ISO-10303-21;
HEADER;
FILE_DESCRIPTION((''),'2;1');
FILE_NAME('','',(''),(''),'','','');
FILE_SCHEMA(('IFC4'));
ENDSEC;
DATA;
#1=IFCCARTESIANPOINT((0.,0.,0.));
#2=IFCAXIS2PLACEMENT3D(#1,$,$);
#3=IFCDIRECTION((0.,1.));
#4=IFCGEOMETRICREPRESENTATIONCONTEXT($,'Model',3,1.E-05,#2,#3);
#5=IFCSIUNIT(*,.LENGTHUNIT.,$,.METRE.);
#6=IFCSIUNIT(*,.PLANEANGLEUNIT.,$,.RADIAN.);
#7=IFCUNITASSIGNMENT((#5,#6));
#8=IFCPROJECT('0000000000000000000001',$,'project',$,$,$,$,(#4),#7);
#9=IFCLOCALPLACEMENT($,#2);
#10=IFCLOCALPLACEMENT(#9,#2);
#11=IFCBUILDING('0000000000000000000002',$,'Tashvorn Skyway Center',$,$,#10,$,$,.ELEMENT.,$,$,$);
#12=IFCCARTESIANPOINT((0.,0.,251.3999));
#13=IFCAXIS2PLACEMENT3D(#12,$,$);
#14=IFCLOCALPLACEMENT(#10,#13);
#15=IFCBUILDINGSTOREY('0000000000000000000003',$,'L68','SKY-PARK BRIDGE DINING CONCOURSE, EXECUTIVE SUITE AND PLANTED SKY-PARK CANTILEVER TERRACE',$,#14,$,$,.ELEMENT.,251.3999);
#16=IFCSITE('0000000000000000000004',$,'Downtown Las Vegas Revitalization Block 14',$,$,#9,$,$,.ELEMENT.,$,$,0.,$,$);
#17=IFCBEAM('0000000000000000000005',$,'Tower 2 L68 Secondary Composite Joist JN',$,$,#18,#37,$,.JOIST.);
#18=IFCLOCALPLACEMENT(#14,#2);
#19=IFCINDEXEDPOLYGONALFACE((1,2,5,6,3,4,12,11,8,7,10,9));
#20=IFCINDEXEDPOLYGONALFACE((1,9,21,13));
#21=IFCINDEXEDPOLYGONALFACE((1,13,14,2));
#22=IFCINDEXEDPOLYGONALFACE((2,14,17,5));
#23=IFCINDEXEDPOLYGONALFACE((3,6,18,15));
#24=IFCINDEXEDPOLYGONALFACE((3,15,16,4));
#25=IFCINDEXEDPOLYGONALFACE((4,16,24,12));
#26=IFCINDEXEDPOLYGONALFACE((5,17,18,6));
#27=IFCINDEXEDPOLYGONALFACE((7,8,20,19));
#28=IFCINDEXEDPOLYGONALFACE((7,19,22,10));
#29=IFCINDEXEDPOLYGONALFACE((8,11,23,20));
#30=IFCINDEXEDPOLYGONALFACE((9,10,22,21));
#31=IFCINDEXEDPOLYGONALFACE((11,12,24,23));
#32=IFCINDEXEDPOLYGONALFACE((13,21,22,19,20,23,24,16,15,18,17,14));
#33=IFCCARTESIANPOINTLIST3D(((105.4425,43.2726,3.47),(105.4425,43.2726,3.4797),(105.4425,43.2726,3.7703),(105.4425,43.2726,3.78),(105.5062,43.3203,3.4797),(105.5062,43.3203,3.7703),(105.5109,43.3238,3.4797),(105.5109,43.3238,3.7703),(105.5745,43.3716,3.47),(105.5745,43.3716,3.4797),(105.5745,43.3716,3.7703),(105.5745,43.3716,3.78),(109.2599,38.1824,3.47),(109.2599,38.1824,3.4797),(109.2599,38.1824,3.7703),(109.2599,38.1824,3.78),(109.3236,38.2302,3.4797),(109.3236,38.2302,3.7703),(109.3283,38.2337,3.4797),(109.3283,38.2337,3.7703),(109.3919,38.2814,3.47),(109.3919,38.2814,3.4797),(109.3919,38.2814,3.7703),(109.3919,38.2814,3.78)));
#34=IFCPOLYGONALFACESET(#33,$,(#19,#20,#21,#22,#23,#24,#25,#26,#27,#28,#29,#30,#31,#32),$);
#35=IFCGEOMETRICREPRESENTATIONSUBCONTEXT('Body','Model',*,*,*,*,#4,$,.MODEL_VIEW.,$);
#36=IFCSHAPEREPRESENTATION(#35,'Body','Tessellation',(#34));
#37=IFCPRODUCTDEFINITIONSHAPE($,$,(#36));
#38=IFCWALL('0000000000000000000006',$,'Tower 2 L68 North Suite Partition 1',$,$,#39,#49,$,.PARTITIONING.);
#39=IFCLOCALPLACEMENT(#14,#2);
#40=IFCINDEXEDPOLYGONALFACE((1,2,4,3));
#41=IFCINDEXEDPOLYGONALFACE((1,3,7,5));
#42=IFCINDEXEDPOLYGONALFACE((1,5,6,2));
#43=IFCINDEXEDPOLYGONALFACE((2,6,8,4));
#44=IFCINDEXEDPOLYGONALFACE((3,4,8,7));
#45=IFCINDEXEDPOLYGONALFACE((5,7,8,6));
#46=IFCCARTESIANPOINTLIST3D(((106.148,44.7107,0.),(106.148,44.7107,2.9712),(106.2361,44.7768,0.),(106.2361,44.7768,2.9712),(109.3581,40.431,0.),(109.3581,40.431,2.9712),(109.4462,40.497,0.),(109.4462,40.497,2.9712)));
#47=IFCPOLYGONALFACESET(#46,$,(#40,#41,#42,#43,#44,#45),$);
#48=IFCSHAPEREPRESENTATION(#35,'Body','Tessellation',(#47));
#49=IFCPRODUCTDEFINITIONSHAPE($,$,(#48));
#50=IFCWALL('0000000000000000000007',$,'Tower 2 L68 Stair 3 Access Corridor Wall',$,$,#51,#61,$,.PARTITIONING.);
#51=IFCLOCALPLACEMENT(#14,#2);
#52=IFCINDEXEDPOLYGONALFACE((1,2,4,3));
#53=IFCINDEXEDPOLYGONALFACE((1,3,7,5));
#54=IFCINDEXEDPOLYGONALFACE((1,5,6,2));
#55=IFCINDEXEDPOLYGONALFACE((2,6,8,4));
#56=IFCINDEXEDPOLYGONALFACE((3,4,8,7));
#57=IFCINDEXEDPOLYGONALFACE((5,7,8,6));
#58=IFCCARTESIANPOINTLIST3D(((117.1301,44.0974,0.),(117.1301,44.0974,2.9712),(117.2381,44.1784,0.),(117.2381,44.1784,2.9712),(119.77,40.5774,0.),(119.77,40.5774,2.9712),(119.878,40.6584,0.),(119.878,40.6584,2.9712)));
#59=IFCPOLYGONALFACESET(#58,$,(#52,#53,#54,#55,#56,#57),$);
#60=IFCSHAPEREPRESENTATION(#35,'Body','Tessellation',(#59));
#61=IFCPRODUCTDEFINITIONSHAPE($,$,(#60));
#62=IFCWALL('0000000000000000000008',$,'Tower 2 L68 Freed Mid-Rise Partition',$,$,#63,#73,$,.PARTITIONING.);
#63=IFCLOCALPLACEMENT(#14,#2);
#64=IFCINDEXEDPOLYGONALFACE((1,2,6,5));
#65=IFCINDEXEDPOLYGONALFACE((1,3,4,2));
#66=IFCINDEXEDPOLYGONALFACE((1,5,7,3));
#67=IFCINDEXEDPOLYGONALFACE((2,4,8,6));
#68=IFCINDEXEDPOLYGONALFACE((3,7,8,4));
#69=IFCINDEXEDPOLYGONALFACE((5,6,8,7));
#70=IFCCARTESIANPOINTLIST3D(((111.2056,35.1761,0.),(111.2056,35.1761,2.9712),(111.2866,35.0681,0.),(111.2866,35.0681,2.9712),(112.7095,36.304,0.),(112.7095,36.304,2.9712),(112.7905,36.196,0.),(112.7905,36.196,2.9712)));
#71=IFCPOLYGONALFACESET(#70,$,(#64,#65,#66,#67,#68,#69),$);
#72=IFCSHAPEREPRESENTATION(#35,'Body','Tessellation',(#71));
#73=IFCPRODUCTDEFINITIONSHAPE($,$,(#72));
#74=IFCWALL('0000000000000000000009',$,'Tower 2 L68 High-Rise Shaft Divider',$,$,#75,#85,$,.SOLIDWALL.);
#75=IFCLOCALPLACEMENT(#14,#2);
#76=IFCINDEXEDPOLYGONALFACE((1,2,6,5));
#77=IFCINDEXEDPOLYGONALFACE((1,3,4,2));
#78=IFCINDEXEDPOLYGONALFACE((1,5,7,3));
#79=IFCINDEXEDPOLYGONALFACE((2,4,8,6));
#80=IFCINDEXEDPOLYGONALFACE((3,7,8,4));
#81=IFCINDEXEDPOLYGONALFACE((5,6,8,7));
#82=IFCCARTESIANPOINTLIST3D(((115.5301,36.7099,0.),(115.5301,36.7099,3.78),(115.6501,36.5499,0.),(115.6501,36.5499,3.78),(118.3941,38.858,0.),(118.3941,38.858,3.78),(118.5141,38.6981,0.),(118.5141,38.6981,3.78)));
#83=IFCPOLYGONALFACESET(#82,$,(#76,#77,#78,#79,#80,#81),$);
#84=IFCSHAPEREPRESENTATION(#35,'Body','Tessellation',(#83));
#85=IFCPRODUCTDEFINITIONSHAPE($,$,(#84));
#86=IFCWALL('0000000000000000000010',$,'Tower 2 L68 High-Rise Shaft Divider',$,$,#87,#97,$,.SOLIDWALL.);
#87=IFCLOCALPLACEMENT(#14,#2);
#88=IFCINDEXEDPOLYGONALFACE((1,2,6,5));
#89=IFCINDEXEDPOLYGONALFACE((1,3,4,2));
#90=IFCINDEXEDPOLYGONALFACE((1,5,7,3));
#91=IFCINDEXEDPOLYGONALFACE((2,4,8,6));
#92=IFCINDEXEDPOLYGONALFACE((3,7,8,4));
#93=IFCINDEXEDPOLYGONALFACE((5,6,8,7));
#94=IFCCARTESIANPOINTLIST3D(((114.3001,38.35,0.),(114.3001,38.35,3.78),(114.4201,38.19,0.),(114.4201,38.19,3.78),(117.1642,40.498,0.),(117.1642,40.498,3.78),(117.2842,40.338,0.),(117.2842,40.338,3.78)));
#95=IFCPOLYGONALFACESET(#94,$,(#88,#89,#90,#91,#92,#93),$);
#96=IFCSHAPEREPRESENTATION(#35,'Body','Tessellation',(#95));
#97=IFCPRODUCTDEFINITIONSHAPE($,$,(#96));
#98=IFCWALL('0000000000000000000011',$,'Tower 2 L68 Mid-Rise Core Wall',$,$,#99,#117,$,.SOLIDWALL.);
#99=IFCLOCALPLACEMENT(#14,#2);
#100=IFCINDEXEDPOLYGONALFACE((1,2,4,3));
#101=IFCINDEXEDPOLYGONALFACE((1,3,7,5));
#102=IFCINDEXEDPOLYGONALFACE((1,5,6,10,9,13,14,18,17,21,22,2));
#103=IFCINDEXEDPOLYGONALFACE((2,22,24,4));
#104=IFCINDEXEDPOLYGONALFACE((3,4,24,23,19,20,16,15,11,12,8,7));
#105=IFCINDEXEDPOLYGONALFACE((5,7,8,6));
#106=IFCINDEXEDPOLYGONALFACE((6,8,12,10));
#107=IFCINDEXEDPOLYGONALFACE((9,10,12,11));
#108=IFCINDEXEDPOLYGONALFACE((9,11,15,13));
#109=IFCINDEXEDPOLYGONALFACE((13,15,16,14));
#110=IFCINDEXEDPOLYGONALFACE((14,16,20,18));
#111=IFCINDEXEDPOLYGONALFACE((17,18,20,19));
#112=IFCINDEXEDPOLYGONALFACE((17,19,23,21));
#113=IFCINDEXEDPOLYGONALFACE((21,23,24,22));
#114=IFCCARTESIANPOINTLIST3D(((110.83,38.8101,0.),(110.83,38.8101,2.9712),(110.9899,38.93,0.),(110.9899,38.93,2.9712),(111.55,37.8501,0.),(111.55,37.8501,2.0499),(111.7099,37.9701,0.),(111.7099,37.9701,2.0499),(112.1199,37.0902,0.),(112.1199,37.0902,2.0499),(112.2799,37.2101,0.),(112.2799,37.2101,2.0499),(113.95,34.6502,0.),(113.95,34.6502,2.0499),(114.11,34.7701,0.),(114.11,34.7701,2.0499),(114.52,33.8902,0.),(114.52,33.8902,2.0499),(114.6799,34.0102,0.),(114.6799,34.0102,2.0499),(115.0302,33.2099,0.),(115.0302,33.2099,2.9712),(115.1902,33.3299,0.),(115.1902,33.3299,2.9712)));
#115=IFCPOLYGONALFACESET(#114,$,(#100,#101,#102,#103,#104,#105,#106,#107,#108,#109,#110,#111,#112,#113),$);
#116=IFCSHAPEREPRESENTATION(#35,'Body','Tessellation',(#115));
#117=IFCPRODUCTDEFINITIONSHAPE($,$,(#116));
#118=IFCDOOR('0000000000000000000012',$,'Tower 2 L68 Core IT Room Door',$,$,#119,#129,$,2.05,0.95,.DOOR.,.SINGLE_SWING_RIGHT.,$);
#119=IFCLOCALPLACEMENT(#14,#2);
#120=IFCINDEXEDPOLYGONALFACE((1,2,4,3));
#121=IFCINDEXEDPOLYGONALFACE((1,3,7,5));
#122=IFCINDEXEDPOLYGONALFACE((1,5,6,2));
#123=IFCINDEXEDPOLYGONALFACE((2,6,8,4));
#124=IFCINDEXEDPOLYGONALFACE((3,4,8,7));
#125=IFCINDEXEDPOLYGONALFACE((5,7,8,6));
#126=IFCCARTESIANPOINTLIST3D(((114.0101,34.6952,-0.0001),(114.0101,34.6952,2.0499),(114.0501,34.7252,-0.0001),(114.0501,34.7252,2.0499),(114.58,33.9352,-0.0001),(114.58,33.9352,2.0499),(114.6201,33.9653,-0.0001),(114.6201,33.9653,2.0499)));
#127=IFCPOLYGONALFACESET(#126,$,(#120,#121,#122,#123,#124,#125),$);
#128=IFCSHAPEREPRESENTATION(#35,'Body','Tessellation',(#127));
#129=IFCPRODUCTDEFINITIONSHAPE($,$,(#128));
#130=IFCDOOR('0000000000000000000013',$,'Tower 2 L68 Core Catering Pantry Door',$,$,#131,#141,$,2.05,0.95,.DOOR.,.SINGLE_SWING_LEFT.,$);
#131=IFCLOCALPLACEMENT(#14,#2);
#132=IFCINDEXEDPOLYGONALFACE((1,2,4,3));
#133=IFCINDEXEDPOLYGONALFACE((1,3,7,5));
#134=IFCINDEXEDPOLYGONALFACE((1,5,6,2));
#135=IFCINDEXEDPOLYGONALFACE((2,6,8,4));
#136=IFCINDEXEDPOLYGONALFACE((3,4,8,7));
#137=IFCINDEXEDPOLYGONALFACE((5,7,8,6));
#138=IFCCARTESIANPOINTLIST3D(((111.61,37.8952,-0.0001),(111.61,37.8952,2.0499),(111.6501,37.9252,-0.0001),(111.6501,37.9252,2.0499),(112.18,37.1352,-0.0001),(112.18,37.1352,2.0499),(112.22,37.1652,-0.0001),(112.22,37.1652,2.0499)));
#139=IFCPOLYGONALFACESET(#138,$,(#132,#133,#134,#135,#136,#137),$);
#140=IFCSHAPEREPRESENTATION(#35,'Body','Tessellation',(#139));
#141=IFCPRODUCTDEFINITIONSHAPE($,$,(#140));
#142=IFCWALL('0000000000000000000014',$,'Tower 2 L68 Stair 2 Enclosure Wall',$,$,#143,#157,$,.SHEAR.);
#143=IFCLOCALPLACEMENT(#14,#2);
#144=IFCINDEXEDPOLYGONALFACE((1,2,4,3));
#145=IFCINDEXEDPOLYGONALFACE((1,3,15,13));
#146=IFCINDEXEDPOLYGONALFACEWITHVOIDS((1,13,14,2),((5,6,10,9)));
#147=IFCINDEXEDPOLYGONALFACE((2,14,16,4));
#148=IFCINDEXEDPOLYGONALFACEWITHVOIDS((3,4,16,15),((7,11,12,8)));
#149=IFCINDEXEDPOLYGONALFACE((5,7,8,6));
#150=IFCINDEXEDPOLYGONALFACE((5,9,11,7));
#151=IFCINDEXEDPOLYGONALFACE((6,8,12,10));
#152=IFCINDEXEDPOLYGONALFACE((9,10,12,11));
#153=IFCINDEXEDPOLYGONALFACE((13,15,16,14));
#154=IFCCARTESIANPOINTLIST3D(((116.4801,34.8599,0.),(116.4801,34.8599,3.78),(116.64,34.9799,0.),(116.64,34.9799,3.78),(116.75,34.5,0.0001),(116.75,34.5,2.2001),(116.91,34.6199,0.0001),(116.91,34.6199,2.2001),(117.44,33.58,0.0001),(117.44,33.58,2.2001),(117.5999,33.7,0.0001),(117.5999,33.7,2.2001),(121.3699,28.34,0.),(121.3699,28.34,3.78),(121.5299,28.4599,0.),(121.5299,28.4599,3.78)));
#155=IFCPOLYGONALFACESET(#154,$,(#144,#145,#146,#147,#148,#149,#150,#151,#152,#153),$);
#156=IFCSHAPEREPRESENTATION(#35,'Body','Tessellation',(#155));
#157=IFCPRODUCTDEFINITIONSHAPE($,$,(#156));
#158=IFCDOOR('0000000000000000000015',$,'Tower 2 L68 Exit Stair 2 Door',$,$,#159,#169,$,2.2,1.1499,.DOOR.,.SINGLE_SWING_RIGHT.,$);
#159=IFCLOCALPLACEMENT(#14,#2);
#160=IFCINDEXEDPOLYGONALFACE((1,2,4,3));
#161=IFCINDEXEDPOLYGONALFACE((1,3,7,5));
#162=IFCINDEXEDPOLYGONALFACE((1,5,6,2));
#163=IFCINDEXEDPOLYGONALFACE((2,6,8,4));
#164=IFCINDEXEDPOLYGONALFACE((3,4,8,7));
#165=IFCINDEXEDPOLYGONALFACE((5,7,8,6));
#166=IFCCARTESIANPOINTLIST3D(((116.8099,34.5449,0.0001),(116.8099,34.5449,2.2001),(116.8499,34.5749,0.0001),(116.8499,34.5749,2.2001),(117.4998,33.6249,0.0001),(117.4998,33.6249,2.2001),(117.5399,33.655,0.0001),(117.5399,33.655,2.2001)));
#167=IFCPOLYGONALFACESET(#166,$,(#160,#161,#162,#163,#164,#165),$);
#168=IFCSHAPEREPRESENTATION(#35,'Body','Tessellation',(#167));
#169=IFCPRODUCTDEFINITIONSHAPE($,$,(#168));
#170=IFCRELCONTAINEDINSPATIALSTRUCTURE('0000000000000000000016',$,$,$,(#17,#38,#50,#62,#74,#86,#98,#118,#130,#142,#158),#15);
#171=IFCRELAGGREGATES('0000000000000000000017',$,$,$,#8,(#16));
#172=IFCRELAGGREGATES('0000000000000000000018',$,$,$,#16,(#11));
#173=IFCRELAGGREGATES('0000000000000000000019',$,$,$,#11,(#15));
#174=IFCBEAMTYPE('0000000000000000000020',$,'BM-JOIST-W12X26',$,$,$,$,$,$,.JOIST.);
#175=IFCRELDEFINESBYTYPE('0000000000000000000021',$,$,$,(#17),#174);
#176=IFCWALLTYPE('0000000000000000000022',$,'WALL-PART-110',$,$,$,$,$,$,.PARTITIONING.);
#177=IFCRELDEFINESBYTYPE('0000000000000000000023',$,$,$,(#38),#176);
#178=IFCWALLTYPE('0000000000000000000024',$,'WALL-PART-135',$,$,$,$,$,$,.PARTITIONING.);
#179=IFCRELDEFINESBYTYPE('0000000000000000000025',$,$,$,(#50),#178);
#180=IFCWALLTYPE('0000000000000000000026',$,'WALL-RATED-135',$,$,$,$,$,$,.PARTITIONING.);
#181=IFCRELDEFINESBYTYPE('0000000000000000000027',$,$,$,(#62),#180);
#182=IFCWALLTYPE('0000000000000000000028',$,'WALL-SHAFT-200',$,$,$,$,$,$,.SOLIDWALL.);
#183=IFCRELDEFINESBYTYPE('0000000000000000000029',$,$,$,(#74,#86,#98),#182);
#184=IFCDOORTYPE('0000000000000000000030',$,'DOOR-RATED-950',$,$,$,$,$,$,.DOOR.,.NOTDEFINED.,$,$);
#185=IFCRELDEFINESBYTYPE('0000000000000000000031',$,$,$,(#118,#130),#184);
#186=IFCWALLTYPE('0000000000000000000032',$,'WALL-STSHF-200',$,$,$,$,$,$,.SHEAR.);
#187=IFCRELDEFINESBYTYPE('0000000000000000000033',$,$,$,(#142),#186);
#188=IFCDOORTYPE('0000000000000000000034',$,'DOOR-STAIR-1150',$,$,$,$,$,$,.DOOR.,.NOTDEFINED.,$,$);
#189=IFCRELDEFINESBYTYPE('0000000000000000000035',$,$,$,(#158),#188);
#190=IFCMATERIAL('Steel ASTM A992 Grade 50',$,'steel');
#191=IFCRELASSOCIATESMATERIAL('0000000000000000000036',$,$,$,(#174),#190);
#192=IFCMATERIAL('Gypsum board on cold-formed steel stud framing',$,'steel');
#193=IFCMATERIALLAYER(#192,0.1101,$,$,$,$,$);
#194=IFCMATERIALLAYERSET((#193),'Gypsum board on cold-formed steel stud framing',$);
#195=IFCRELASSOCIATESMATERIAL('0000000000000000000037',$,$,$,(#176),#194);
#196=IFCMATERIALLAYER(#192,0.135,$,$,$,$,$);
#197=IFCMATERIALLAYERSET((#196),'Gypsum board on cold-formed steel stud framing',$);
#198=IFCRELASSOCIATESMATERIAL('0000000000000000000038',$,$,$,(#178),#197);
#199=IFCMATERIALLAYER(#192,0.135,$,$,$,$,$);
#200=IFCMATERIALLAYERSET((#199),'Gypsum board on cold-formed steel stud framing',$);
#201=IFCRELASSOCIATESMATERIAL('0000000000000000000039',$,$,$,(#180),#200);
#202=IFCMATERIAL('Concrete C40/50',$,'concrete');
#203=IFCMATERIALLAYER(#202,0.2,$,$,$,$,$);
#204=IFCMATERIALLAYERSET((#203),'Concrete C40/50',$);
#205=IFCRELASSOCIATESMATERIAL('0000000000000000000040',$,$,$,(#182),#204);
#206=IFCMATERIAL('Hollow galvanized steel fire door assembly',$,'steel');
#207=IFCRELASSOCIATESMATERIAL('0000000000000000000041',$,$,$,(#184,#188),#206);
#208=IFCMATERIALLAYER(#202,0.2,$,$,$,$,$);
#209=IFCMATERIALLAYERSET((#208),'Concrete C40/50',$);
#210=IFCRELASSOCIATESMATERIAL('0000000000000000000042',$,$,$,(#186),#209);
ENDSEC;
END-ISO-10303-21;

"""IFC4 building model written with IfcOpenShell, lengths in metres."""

from ifc_helpers import new_model, si_unit, direction, frame, frame_2d, origin, origin_2d, place, context, subcontext, project, spatial, rectangle, i_section, extrude, material, layer, layer_set, material_profile, profile_set, type_object, element, fill, save


model = new_model("IFC4")

# Units and contexts
model_context = context("Model", 3, precision=1e-05, world=origin(), true_north=direction((0.0, 1.0)))
body_context = subcontext(model_context, "Body", "Model", "MODEL_VIEW")
ifc_project = project(units=[si_unit("LENGTHUNIT", "METRE"), si_unit("PLANEANGLEUNIT", "RADIAN")], contexts=[model_context])

# Site, building, storey
site_placement = place(None, origin())
site = spatial("IfcSite", under=ifc_project, at=site_placement, Name="Downtown Las Vegas Revitalization Block 14", CompositionType="ELEMENT", RefElevation=0.0)
building_placement = place(site_placement, origin())
building = spatial("IfcBuilding", under=site, at=building_placement, Name="Tashvorn Skyway Center", CompositionType="ELEMENT")
storey_placement = place(building_placement, frame((0.0, 0.0, 251.3999)))
storey = spatial("IfcBuildingStorey", under=building, at=storey_placement, Name="L68", Description="SKY-PARK BRIDGE DINING CONCOURSE, EXECUTIVE SUITE AND PLANTED SKY-PARK CANTILEVER TERRACE", CompositionType="ELEMENT", Elevation=251.3999)

# Beam
ifc_material_1 = material(Name="Steel ASTM A992 Grade 50", Category="steel")
ifc_material_profile = material_profile(ifc_material_1, i_section(OverallWidth=0.165, OverallDepth=0.3101, WebThickness=0.0059, FlangeThickness=0.0098, at=origin_2d()), Name="W12X26")
ifc_profile_set = profile_set([ifc_material_profile], Name="Steel ASTM A992 Grade 50")
beam_type = type_object("IfcBeamType", Name="BM-JOIST-W12X26", PredefinedType="JOIST", material=ifc_profile_set)
beam_placement = place(storey_placement, frame((109.3259, 38.2319, 3.625), z_axis=(-0.599982, 0.800014, 0.0), x_axis=(-0.800014, -0.599982, 0.0)))
element("IfcBeam", 1, at=beam_placement, inside=storey, type_object=beam_type, Name="Tower 2 L68 Secondary Composite Joist JN", PredefinedType="JOIST", context=body_context, shape_type="SweptSolid", body=[
    extrude(i_section(OverallWidth=0.165, OverallDepth=0.3101, WebThickness=0.0059, FlangeThickness=0.0098, at=origin_2d()), origin(), (0.0, 0.0, 1.0), 6.3625),
])

# Walls
ifc_material_2 = material(Name="Gypsum board on cold-formed steel stud framing", Category="steel")
ifc_layer_1 = layer(ifc_material_2, 0.1101)
ifc_layer_set_1 = layer_set([ifc_layer_1], Name="Gypsum board on cold-formed steel stud framing")
wall_type_1 = type_object("IfcWallType", Name="WALL-PART-110", PredefinedType="PARTITIONING", material=ifc_layer_set_1)
wall_1_placement = place(storey_placement, frame((109.4021, 40.4641, 0.0), z_axis=(0.0, 0.0, 1.0), x_axis=(-0.600044, 0.799967, 0.0)))
element("IfcWall", 2, at=wall_1_placement, inside=storey, type_object=wall_type_1, Name="Tower 2 L68 North Suite Partition 1", PredefinedType="PARTITIONING", context=body_context, shape_type="SweptSolid", body=[
    extrude(rectangle(XDim=5.3499, YDim=0.1101, at=frame_2d((2.6748, 0.0))), origin(), (0.0, 0.0, 1.0), 2.9712),
])
ifc_layer_2 = layer(ifc_material_2, 0.135)
ifc_layer_set_2 = layer_set([ifc_layer_2], Name="Gypsum board on cold-formed steel stud framing")
wall_type_2 = type_object("IfcWallType", Name="WALL-PART-135", PredefinedType="PARTITIONING", material=ifc_layer_set_2)
wall_2_placement = place(storey_placement, frame((119.824, 40.6179, 0.0), z_axis=(0.0, 0.0, 1.0), x_axis=(-0.599982, 0.800013, 0.0)))
element("IfcWall", 3, at=wall_2_placement, inside=storey, type_object=wall_type_2, Name="Tower 2 L68 Stair 3 Access Corridor Wall", PredefinedType="PARTITIONING", context=body_context, shape_type="SweptSolid", body=[
    extrude(rectangle(XDim=4.3999, YDim=0.135, at=frame_2d((2.2, 0.0))), origin(), (0.0, 0.0, 1.0), 2.9712),
])
ifc_layer_3 = layer(ifc_material_2, 0.135)
ifc_layer_set_3 = layer_set([ifc_layer_3], Name="Gypsum board on cold-formed steel stud framing")
wall_type_3 = type_object("IfcWallType", Name="WALL-RATED-135", PredefinedType="PARTITIONING", material=ifc_layer_set_3)
wall_3_placement = place(storey_placement, frame((111.2461, 35.1221, 0.0), z_axis=(0.0, 0.0, 1.0), x_axis=(0.8, 0.6, 0.0)))
element("IfcWall", 4, at=wall_3_placement, inside=storey, type_object=wall_type_3, Name="Tower 2 L68 Freed Mid-Rise Partition", PredefinedType="PARTITIONING", context=body_context, shape_type="SweptSolid", body=[
    extrude(rectangle(XDim=1.8799, YDim=0.135, at=frame_2d((0.9399, 0.0))), origin(), (0.0, 0.0, 1.0), 2.9712),
])
ifc_material_3 = material(Name="Concrete C40/50", Category="concrete")
ifc_layer_4 = layer(ifc_material_3, 0.2)
ifc_layer_set_4 = layer_set([ifc_layer_4], Name="Concrete C40/50")
wall_type_4 = type_object("IfcWallType", Name="WALL-SHAFT-200", PredefinedType="SOLIDWALL", material=ifc_layer_set_4)
for number, where, z_axis, x_axis, name in (
    (5, (115.5901, 36.6299, 0.0), (0.0, 0.0, 1.0), (0.799975, 0.600033, 0.0), "Tower 2 L68 High-Rise Shaft Divider"),
    (6, (114.3601, 38.27, 0.0), (0.0, 0.0, 1.0), (0.800008, 0.599989, 0.0), "Tower 2 L68 High-Rise Shaft Divider"),
):
    element("IfcWall", number, at=place(storey_placement, frame(where, z_axis=z_axis, x_axis=x_axis)), inside=storey, type_object=wall_type_4, Name=name, PredefinedType="SOLIDWALL", context=body_context, shape_type="SweptSolid", body=[
        extrude(rectangle(XDim=3.5801, YDim=0.2, at=frame_2d((1.79, 0.0))), origin(), (0.0, 0.0, 1.0), 3.78),
    ])

# Wall, openings, doors
wall_4_placement = place(storey_placement, frame((115.1101, 33.27, 0.0), z_axis=(0.0, 0.0, 1.0), x_axis=(-0.600011, 0.799992, 0.0)))
wall_4 = element("IfcWall", 7, at=wall_4_placement, inside=storey, type_object=wall_type_4, Name="Tower 2 L68 Mid-Rise Core Wall", PredefinedType="SOLIDWALL", context=body_context, shape_type="SweptSolid", body=[
    extrude(rectangle(XDim=7.0002, YDim=0.2, at=frame_2d((3.5, 0.0))), origin(), (0.0, 0.0, 1.0), 2.9712),
])
opening_1_placement = place(wall_4_placement, frame((0.8501, 0.0, 0.0)))
opening_1 = element("IfcOpeningElement", 8, at=opening_1_placement, cuts=wall_4, PredefinedType="OPENING", context=body_context, shape_type="SweptSolid", body=[
    extrude(rectangle(XDim=0.95, YDim=2.05, at=frame_2d((0.4751, 1.0249))), frame((0.0, 0.1099, 0.0), z_axis=(0.0, -1.0, 0.0), x_axis=(1.0, 0.0, 0.0)), (0.0, 0.0, 1.0), 0.22),
])
opening_2_placement = place(wall_4_placement, frame((4.8501, 0.0, 0.0)))
opening_2 = element("IfcOpeningElement", 9, at=opening_2_placement, cuts=wall_4, PredefinedType="OPENING", context=body_context, shape_type="SweptSolid", body=[
    extrude(rectangle(XDim=0.95, YDim=2.05, at=frame_2d((0.4751, 1.0249))), frame((0.0, 0.1099, 0.0), z_axis=(0.0, -1.0, 0.0), x_axis=(1.0, 0.0, 0.0)), (0.0, 0.0, 1.0), 0.22),
])
ifc_material_4 = material(Name="Hollow galvanized steel fire door assembly", Category="steel")
door_type_1 = type_object("IfcDoorType", Name="DOOR-RATED-950", OperationType="NOTDEFINED", PredefinedType="DOOR", material=ifc_material_4)
door_1_placement = place(opening_1_placement, origin())
door_1 = element("IfcDoor", 10, at=door_1_placement, inside=storey, type_object=door_type_1, Name="Tower 2 L68 Core IT Room Door", OperationType="SINGLE_SWING_RIGHT", OverallHeight=2.05, OverallWidth=0.95, PredefinedType="DOOR", context=body_context, shape_type="SweptSolid", body=[
    extrude(rectangle(XDim=0.95, YDim=2.05, at=frame_2d((0.4751, 1.0249))), frame((0.0, 0.0249, 0.0), z_axis=(0.0, -1.0, 0.0), x_axis=(1.0, 0.0, 0.0)), (0.0, 0.0, 1.0), 0.05),
])
fill(opening_1, door_1)
door_2_placement = place(opening_2_placement, origin())
door_2 = element("IfcDoor", 11, at=door_2_placement, inside=storey, type_object=door_type_1, Name="Tower 2 L68 Core Catering Pantry Door", OperationType="SINGLE_SWING_LEFT", OverallHeight=2.05, OverallWidth=0.95, PredefinedType="DOOR", context=body_context, shape_type="SweptSolid", body=[
    extrude(rectangle(XDim=0.95, YDim=2.05, at=frame_2d((0.4751, 1.0249))), frame((0.0, 0.0249, 0.0), z_axis=(0.0, -1.0, 0.0), x_axis=(1.0, 0.0, 0.0)), (0.0, 0.0, 1.0), 0.05),
])
fill(opening_2, door_2)

# Wall, opening, door
ifc_layer_5 = layer(ifc_material_3, 0.2)
ifc_layer_set_5 = layer_set([ifc_layer_5], Name="Concrete C40/50")
wall_type_5 = type_object("IfcWallType", Name="WALL-STSHF-200", PredefinedType="SHEAR", material=ifc_layer_set_5)
wall_5_placement = place(storey_placement, frame((116.5601, 34.9199, 0.0), z_axis=(0.0, 0.0, 1.0), x_axis=(0.59999, -0.800007, 0.0)))
wall_5 = element("IfcWall", 12, at=wall_5_placement, inside=storey, type_object=wall_type_5, Name="Tower 2 L68 Stair 2 Enclosure Wall", PredefinedType="SHEAR", context=body_context, shape_type="SweptSolid", body=[
    extrude(rectangle(XDim=8.1499, YDim=0.2, at=frame_2d((4.075, 0.0))), origin(), (0.0, 0.0, 1.0), 3.78),
])
opening_3_placement = place(wall_5_placement, frame((0.45, 0.0, 0.0)))
opening_3 = element("IfcOpeningElement", 13, at=opening_3_placement, cuts=wall_5, PredefinedType="OPENING", context=body_context, shape_type="SweptSolid", body=[
    extrude(rectangle(XDim=1.1499, YDim=2.2, at=frame_2d((0.575, 1.1001))), frame((0.0, 0.1099, 0.0), z_axis=(0.0, -1.0, 0.0), x_axis=(1.0, 0.0, 0.0)), (0.0, 0.0, 1.0), 0.22),
])
door_type_2 = type_object("IfcDoorType", Name="DOOR-STAIR-1150", OperationType="NOTDEFINED", PredefinedType="DOOR", material=ifc_material_4)
door_3_placement = place(opening_3_placement, origin())
door_3 = element("IfcDoor", 14, at=door_3_placement, inside=storey, type_object=door_type_2, Name="Tower 2 L68 Exit Stair 2 Door", OperationType="SINGLE_SWING_RIGHT", OverallHeight=2.2, OverallWidth=1.1499, PredefinedType="DOOR", context=body_context, shape_type="SweptSolid", body=[
    extrude(rectangle(XDim=1.1499, YDim=2.2, at=frame_2d((0.575, 1.1001))), frame((0.0, 0.0249, 0.0), z_axis=(0.0, -1.0, 0.0), x_axis=(1.0, 0.0, 0.0)), (0.0, 0.0, 1.0), 0.05),
])
fill(opening_3, door_3)

save(model, "model.ifc")
